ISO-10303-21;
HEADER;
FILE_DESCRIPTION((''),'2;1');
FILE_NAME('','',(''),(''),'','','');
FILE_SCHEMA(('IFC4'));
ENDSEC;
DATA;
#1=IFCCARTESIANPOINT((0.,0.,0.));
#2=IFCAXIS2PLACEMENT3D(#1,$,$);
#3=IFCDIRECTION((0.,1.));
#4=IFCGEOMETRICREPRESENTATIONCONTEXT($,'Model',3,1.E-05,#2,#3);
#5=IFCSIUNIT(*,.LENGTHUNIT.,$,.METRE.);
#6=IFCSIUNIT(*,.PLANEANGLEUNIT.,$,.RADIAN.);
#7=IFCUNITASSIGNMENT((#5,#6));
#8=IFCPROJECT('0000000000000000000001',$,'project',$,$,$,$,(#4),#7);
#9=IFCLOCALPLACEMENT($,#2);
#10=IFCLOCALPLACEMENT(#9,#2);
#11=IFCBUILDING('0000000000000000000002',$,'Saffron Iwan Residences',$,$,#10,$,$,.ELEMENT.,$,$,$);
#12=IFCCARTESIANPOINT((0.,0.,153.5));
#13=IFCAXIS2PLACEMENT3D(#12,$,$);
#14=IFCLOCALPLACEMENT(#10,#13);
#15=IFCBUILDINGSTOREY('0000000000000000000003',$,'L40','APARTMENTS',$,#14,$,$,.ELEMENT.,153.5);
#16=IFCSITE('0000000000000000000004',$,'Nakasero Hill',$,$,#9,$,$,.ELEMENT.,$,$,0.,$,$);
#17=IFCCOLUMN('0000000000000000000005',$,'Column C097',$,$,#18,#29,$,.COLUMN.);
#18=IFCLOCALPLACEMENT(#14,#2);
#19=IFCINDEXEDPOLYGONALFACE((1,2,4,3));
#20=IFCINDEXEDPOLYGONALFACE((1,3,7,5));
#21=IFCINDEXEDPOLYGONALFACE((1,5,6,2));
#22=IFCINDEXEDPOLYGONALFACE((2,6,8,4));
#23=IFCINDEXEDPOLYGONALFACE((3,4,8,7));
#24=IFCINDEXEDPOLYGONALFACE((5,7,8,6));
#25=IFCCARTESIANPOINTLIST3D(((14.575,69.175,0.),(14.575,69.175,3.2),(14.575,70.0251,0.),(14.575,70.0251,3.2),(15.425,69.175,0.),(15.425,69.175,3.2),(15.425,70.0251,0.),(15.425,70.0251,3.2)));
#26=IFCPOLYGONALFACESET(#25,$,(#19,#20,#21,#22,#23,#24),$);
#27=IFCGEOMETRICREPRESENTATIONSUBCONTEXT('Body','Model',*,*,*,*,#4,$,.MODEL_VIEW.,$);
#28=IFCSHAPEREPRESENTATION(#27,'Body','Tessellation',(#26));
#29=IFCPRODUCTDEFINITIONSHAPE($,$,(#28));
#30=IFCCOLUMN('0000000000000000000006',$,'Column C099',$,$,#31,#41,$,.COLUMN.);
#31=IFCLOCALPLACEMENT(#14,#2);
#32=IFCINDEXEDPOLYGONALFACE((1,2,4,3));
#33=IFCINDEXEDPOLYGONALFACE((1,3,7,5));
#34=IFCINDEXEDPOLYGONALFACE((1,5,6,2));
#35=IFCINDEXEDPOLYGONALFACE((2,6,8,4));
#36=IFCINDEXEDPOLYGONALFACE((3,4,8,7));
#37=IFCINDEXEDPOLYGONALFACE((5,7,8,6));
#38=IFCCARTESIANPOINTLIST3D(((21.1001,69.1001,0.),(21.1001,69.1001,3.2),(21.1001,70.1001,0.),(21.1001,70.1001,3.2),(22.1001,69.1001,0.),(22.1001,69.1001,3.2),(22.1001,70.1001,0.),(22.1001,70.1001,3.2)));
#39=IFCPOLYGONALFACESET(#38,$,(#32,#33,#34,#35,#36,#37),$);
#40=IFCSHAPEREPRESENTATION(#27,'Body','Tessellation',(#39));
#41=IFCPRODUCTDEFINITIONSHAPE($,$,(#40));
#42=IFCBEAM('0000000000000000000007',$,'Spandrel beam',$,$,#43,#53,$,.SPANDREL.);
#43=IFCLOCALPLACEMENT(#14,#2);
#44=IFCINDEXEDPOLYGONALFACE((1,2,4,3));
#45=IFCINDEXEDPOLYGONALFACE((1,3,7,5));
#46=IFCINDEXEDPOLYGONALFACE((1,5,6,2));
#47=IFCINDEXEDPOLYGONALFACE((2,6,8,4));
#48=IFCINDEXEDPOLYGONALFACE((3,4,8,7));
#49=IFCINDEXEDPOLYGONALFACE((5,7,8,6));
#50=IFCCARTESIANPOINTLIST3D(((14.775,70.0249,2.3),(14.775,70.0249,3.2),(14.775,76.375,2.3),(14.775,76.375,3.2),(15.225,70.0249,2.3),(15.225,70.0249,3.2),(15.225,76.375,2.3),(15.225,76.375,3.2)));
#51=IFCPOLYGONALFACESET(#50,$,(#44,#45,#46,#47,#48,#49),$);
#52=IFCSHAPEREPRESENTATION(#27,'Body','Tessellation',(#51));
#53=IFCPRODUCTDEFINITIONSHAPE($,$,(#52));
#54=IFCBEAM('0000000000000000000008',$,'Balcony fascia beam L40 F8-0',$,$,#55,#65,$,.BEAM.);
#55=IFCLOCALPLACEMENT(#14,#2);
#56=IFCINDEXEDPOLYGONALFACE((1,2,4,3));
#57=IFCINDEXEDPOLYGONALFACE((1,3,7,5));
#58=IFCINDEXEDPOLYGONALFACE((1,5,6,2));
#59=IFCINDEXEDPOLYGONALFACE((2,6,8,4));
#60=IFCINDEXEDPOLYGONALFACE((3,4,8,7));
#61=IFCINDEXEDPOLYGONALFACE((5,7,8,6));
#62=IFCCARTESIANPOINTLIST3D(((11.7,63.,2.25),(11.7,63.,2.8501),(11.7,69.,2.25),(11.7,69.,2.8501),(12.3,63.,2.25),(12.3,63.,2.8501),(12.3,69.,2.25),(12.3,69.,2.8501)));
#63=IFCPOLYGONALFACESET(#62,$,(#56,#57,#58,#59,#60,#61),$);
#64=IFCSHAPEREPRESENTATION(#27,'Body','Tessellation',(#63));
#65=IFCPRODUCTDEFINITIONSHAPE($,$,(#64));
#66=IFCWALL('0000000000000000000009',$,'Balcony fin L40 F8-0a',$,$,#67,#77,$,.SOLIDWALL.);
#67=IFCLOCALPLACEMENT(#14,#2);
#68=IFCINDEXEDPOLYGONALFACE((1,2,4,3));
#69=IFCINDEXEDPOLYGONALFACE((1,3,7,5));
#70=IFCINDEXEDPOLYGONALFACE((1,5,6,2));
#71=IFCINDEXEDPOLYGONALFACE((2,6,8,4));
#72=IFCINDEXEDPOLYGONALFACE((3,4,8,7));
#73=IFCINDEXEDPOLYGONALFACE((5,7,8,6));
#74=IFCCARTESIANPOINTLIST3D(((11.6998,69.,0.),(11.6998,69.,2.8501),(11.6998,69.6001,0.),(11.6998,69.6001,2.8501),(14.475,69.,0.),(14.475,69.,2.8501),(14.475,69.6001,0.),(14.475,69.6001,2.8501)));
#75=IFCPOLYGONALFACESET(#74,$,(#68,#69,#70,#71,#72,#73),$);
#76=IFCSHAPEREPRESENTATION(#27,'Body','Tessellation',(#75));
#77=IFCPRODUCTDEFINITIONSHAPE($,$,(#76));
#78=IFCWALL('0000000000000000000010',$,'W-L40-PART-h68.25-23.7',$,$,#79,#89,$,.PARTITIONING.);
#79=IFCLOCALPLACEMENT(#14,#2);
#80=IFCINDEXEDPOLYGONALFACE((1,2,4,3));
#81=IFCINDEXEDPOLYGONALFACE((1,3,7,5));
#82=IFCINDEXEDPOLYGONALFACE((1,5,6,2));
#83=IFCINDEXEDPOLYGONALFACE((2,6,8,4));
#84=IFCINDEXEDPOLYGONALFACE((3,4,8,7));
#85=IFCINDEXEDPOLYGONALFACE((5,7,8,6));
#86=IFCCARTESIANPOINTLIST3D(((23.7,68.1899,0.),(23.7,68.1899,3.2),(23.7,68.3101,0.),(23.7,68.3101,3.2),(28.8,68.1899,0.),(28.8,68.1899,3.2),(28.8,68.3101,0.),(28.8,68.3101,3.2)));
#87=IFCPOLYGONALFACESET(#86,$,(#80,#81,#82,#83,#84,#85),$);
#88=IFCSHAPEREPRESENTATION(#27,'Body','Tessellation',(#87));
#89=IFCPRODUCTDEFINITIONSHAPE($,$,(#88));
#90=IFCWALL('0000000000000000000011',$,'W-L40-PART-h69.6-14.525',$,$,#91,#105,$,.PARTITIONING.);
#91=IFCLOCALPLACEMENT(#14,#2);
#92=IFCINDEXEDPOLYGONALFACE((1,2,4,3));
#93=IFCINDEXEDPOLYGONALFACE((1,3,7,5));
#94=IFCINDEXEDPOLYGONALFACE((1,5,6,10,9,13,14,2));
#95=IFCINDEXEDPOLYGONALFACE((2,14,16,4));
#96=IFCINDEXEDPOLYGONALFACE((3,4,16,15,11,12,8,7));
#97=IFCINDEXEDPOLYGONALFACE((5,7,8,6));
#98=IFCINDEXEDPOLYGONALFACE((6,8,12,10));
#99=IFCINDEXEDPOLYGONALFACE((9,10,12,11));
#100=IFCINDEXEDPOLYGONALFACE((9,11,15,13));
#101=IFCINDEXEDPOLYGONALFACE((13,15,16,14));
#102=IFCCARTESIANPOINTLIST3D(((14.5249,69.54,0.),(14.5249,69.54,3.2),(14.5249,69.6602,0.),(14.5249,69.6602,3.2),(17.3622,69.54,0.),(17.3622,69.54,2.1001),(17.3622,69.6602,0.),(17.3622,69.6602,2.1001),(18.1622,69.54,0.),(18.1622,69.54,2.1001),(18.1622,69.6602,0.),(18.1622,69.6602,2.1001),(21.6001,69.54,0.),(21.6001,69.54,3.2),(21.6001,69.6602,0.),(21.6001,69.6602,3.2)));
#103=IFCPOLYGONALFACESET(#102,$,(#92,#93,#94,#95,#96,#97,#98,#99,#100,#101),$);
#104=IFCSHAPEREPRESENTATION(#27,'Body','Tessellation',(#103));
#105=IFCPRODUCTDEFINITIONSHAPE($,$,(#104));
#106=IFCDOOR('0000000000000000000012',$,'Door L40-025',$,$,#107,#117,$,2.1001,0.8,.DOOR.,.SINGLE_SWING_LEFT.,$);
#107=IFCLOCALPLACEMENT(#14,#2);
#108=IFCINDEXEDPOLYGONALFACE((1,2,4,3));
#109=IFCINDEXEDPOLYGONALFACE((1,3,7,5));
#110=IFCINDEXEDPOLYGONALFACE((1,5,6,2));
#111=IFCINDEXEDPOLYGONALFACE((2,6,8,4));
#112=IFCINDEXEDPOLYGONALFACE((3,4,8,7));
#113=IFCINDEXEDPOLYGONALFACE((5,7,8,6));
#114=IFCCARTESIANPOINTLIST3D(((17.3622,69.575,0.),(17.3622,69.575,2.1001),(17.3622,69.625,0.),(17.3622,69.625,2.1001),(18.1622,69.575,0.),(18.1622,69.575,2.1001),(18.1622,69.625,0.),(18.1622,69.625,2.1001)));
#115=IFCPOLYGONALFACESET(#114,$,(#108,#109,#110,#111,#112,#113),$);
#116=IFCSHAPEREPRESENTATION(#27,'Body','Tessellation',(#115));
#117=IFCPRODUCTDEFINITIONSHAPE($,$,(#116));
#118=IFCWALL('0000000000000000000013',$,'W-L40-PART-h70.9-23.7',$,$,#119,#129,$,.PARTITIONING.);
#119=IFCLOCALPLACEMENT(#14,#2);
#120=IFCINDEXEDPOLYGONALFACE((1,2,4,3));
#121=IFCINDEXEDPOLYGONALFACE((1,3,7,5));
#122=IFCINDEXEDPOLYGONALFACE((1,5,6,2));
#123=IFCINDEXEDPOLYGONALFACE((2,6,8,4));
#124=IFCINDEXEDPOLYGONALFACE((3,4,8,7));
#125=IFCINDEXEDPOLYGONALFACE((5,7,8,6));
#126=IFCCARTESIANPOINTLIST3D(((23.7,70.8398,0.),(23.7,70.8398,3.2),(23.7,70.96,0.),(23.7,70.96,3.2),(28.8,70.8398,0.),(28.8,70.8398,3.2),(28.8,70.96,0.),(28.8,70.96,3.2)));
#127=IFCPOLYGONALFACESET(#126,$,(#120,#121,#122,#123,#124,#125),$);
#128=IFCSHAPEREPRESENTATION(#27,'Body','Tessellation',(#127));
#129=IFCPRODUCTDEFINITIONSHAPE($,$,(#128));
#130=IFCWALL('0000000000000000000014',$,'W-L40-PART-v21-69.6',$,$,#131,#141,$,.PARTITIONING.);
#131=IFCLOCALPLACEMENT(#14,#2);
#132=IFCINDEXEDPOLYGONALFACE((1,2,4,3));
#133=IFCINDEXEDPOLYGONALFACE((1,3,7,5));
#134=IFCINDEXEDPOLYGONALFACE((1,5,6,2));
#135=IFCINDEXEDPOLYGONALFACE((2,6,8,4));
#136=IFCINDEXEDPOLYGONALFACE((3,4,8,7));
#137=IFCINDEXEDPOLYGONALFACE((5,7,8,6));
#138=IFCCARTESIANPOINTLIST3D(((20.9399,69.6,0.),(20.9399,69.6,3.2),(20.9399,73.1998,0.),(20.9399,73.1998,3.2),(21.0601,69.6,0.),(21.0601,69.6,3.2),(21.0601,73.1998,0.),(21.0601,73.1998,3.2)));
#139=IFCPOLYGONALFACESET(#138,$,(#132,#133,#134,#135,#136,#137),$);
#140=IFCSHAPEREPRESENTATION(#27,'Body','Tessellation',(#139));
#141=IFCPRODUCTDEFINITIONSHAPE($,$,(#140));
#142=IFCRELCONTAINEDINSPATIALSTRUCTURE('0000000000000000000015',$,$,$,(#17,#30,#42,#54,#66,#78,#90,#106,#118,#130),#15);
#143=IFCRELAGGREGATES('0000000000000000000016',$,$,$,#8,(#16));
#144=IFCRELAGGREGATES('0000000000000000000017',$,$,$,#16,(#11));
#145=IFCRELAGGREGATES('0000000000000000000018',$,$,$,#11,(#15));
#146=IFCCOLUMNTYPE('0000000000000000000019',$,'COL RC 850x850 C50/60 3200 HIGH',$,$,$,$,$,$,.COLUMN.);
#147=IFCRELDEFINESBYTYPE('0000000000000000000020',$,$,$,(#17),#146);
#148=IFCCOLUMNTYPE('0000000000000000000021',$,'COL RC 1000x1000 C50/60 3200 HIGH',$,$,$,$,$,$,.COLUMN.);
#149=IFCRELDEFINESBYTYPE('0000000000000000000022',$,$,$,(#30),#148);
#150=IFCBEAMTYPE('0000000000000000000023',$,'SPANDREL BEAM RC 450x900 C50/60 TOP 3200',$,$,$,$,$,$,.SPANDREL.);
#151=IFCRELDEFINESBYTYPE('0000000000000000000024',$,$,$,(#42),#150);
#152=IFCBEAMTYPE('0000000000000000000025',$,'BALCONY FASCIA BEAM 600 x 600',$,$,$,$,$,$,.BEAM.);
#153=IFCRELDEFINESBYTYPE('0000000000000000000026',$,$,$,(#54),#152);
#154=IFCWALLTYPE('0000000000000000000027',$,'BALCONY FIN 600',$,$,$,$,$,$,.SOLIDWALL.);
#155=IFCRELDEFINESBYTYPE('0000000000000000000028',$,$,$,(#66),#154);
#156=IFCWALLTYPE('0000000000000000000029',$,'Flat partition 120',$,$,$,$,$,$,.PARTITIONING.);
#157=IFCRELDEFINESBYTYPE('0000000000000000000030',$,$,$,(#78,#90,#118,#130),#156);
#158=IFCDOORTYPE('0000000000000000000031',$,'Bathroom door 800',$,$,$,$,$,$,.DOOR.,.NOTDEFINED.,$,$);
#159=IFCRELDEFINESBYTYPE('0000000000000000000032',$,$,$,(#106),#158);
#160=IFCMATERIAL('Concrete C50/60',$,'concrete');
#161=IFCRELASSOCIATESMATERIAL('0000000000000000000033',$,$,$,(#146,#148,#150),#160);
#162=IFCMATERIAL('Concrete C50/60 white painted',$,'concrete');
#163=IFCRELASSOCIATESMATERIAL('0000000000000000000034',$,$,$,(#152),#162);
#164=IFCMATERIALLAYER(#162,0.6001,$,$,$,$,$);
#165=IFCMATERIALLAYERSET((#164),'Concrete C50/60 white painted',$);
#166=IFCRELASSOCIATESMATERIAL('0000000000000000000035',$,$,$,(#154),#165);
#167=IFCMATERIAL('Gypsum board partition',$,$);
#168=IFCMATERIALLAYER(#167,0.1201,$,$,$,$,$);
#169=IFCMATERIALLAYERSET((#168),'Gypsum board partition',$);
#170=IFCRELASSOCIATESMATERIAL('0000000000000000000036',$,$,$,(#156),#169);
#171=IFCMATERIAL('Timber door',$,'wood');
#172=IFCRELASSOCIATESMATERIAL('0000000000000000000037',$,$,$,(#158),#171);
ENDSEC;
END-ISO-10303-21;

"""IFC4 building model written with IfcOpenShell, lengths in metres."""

from ifc_helpers import new_model, si_unit, direction, frame, frame_2d, origin, origin_2d, place, context, subcontext, project, spatial, rectangle, extrude, source, transform, mapped, material, layer, layer_set, material_profile, profile_set, type_object, element, fill, save


model = new_model("IFC4")

# Units and contexts
model_context = context("Model", 3, precision=1e-05, world=origin(), true_north=direction((0.0, 1.0)))
body_context = subcontext(model_context, "Body", "Model", "MODEL_VIEW")
ifc_project = project(units=[si_unit("LENGTHUNIT", "METRE"), si_unit("PLANEANGLEUNIT", "RADIAN")], contexts=[model_context])

# Site, building, storey
site_placement = place(None, origin())
site = spatial("IfcSite", under=ifc_project, at=site_placement, Name="Nakasero Hill", CompositionType="ELEMENT", RefElevation=0.0)
building_placement = place(site_placement, origin())
building = spatial("IfcBuilding", under=site, at=building_placement, Name="Saffron Iwan Residences", CompositionType="ELEMENT")
storey_placement = place(building_placement, frame((0.0, 0.0, 153.5)))
storey = spatial("IfcBuildingStorey", under=building, at=storey_placement, Name="L40", Description="APARTMENTS", CompositionType="ELEMENT", Elevation=153.5)

# Columns
ifc_material_1 = material(Name="Concrete C50/60", Category="concrete")
ifc_material_profile_1 = material_profile(ifc_material_1, rectangle(XDim=0.8501, YDim=0.8501, at=origin_2d()), Name="RC 850x850")
ifc_profile_set_1 = profile_set([ifc_material_profile_1], Name="Concrete C50/60")
column_type_1 = type_object("IfcColumnType", Name="COL RC 850x850 C50/60 3200 HIGH", PredefinedType="COLUMN", material=ifc_profile_set_1)
shared_shape_1 = source(origin(), body_context, "Body", "SweptSolid", [
    extrude(rectangle(XDim=0.8501, YDim=0.8501, at=origin_2d()), origin(), (0.0, 0.0, 1.0), 3.2),
])
column_1_placement = place(storey_placement, frame((15.0, 69.6001, 0.0), z_axis=(0.0, 0.0, 1.0), x_axis=(1.0, 0.0, 0.0)))
element("IfcColumn", 1, at=column_1_placement, inside=storey, type_object=column_type_1, Name="Column C097", PredefinedType="COLUMN", context=body_context, shape_type="MappedRepresentation", body=[
    mapped(shared_shape_1, transform((0.0, 0.0, 0.0))),
])
ifc_material_profile_2 = material_profile(ifc_material_1, rectangle(XDim=1.0, YDim=1.0, at=origin_2d()), Name="RC 1000x1000")
ifc_profile_set_2 = profile_set([ifc_material_profile_2], Name="Concrete C50/60")
column_type_2 = type_object("IfcColumnType", Name="COL RC 1000x1000 C50/60 3200 HIGH", PredefinedType="COLUMN", material=ifc_profile_set_2)
shared_shape_2 = source(origin(), body_context, "Body", "SweptSolid", [
    extrude(rectangle(XDim=1.0, YDim=1.0, at=origin_2d()), origin(), (0.0, 0.0, 1.0), 3.2),
])
column_2_placement = place(storey_placement, frame((21.6001, 69.6001, 0.0), z_axis=(0.0, 0.0, 1.0), x_axis=(1.0, 0.0, 0.0)))
element("IfcColumn", 2, at=column_2_placement, inside=storey, type_object=column_type_2, Name="Column C099", PredefinedType="COLUMN", context=body_context, shape_type="MappedRepresentation", body=[
    mapped(shared_shape_2, transform((0.0, 0.0, 0.0))),
])

# Beams
ifc_material_profile_3 = material_profile(ifc_material_1, rectangle(XDim=0.45, YDim=0.8999, at=origin_2d()), Name="RC 450x900")
ifc_profile_set_3 = profile_set([ifc_material_profile_3], Name="Concrete C50/60")
beam_type_1 = type_object("IfcBeamType", Name="SPANDREL BEAM RC 450x900 C50/60 TOP 3200", PredefinedType="SPANDREL", material=ifc_profile_set_3)
shared_shape_3 = source(origin(), body_context, "Body", "SweptSolid", [
    extrude(rectangle(XDim=0.45, YDim=0.8999, at=origin_2d()), origin(), (0.0, 0.0, 1.0), 6.3501),
])
beam_1_placement = place(storey_placement, frame((15.0, 70.0249, 2.75), z_axis=(0.0, 1.0, 0.0), x_axis=(-1.0, 0.0, 0.0)))
element("IfcBeam", 3, at=beam_1_placement, inside=storey, type_object=beam_type_1, Name="Spandrel beam", PredefinedType="SPANDREL", context=body_context, shape_type="MappedRepresentation", body=[
    mapped(shared_shape_3, transform((0.0, 0.0, 0.0))),
])
ifc_material_2 = material(Name="Concrete C50/60 white painted", Category="concrete")
ifc_material_profile_4 = material_profile(ifc_material_2, rectangle(XDim=0.6001, YDim=0.6001, at=origin_2d()), Name="BALCONY FASCIA BEAM 600 x 600")
ifc_profile_set_4 = profile_set([ifc_material_profile_4], Name="Concrete C50/60 white painted")
beam_type_2 = type_object("IfcBeamType", Name="BALCONY FASCIA BEAM 600 x 600", PredefinedType="BEAM", material=ifc_profile_set_4)
shared_shape_4 = source(origin(), body_context, "Body", "SweptSolid", [
    extrude(rectangle(XDim=0.6001, YDim=0.6001, at=origin_2d()), origin(), (0.0, 0.0, 1.0), 6.0),
])
beam_2_placement = place(storey_placement, frame((12.0, 69.0, 2.55), z_axis=(0.0, -1.0, 0.0), x_axis=(1.0, 0.0, 0.0)))
element("IfcBeam", 4, at=beam_2_placement, inside=storey, type_object=beam_type_2, Name="Balcony fascia beam L40 F8-0", PredefinedType="BEAM", context=body_context, shape_type="MappedRepresentation", body=[
    mapped(shared_shape_4, transform((0.0, 0.0, 0.0))),
])

# Wall
ifc_layer_1 = layer(ifc_material_2, 0.6001)
ifc_layer_set_1 = layer_set([ifc_layer_1], Name="Concrete C50/60 white painted")
wall_type_1 = type_object("IfcWallType", Name="BALCONY FIN 600", PredefinedType="SOLIDWALL", material=ifc_layer_set_1)
wall_1_placement = place(storey_placement, frame((14.4751, 69.3, 0.0), z_axis=(0.0, 0.0, 1.0), x_axis=(-1.0, 0.0, 0.0)))
element("IfcWall", 5, at=wall_1_placement, inside=storey, type_object=wall_type_1, Name="Balcony fin L40 F8-0a", PredefinedType="SOLIDWALL", context=body_context, shape_type="SweptSolid", body=[
    extrude(rectangle(XDim=2.7751, YDim=0.6001, at=frame_2d((1.3877, 0.0))), origin(), (0.0, 0.0, 1.0), 2.8501),
])

# Wall
ifc_material_3 = material(Name="Gypsum board partition")
ifc_layer_2 = layer(ifc_material_3, 0.1201)
ifc_layer_set_2 = layer_set([ifc_layer_2], Name="Gypsum board partition")
wall_type_2 = type_object("IfcWallType", Name="Flat partition 120", PredefinedType="PARTITIONING", material=ifc_layer_set_2)
wall_2_placement = place(storey_placement, frame((23.7, 68.25, 0.0), z_axis=(0.0, 0.0, 1.0), x_axis=(1.0, 0.0, 0.0)))
element("IfcWall", 6, at=wall_2_placement, inside=storey, type_object=wall_type_2, Name="W-L40-PART-h68.25-23.7", PredefinedType="PARTITIONING", context=body_context, shape_type="SweptSolid", body=[
    extrude(rectangle(XDim=5.1001, YDim=0.1201, at=frame_2d((2.55, 0.0))), origin(), (0.0, 0.0, 1.0), 3.2),
])

# Wall, opening, door
wall_3_placement = place(storey_placement, frame((14.5249, 69.6001, 0.0), z_axis=(0.0, 0.0, 1.0), x_axis=(1.0, 0.0, 0.0)))
wall_3 = element("IfcWall", 7, at=wall_3_placement, inside=storey, type_object=wall_type_2, Name="W-L40-PART-h69.6-14.525", PredefinedType="PARTITIONING", context=body_context, shape_type="SweptSolid", body=[
    extrude(rectangle(XDim=7.0752, YDim=0.1201, at=frame_2d((3.5376, 0.0))), origin(), (0.0, 0.0, 1.0), 3.2),
])
opening_1_placement = place(wall_3_placement, frame((2.8374, 0.0, 0.0)))
opening_1 = element("IfcOpeningElement", 8, at=opening_1_placement, cuts=wall_3, PredefinedType="OPENING", context=body_context, shape_type="SweptSolid", body=[
    extrude(rectangle(XDim=0.8, YDim=2.1001, at=frame_2d((0.3999, 1.05))), frame((0.0, 0.0701, 0.0), z_axis=(0.0, -1.0, 0.0), x_axis=(1.0, 0.0, 0.0)), (0.0, 0.0, 1.0), 0.1401),
])
ifc_material_4 = material(Name="Timber door", Category="wood")
door_type_1 = type_object("IfcDoorType", Name="Bathroom door 800", OperationType="NOTDEFINED", PredefinedType="DOOR", material=ifc_material_4)
door_1_placement = place(opening_1_placement, origin())
door_1 = element("IfcDoor", 9, at=door_1_placement, inside=storey, type_object=door_type_1, Name="Door L40-025", OperationType="SINGLE_SWING_LEFT", OverallHeight=2.1001, OverallWidth=0.8, PredefinedType="DOOR", context=body_context, shape_type="SweptSolid", body=[
    extrude(rectangle(XDim=0.8, YDim=2.1001, at=frame_2d((0.3999, 1.05))), frame((0.0, 0.0249, 0.0), z_axis=(0.0, -1.0, 0.0), x_axis=(1.0, 0.0, 0.0)), (0.0, 0.0, 1.0), 0.05),
])
fill(opening_1, door_1)

# Walls
wall_4_placement = place(storey_placement, frame((23.7, 70.8999, 0.0), z_axis=(0.0, 0.0, 1.0), x_axis=(1.0, 0.0, 0.0)))
element("IfcWall", 10, at=wall_4_placement, inside=storey, type_object=wall_type_2, Name="W-L40-PART-h70.9-23.7", PredefinedType="PARTITIONING", context=body_context, shape_type="SweptSolid", body=[
    extrude(rectangle(XDim=5.1001, YDim=0.1201, at=frame_2d((2.55, 0.0))), origin(), (0.0, 0.0, 1.0), 3.2),
])
wall_5_placement = place(storey_placement, frame((21.0, 69.6001, 0.0), z_axis=(0.0, 0.0, 1.0), x_axis=(0.0, 1.0, 0.0)))
element("IfcWall", 11, at=wall_5_placement, inside=storey, type_object=wall_type_2, Name="W-L40-PART-v21-69.6", PredefinedType="PARTITIONING", context=body_context, shape_type="SweptSolid", body=[
    extrude(rectangle(XDim=3.5999, YDim=0.1201, at=frame_2d((1.7998, 0.0))), origin(), (0.0, 0.0, 1.0), 3.2),
])

save(model, "model.ifc")
